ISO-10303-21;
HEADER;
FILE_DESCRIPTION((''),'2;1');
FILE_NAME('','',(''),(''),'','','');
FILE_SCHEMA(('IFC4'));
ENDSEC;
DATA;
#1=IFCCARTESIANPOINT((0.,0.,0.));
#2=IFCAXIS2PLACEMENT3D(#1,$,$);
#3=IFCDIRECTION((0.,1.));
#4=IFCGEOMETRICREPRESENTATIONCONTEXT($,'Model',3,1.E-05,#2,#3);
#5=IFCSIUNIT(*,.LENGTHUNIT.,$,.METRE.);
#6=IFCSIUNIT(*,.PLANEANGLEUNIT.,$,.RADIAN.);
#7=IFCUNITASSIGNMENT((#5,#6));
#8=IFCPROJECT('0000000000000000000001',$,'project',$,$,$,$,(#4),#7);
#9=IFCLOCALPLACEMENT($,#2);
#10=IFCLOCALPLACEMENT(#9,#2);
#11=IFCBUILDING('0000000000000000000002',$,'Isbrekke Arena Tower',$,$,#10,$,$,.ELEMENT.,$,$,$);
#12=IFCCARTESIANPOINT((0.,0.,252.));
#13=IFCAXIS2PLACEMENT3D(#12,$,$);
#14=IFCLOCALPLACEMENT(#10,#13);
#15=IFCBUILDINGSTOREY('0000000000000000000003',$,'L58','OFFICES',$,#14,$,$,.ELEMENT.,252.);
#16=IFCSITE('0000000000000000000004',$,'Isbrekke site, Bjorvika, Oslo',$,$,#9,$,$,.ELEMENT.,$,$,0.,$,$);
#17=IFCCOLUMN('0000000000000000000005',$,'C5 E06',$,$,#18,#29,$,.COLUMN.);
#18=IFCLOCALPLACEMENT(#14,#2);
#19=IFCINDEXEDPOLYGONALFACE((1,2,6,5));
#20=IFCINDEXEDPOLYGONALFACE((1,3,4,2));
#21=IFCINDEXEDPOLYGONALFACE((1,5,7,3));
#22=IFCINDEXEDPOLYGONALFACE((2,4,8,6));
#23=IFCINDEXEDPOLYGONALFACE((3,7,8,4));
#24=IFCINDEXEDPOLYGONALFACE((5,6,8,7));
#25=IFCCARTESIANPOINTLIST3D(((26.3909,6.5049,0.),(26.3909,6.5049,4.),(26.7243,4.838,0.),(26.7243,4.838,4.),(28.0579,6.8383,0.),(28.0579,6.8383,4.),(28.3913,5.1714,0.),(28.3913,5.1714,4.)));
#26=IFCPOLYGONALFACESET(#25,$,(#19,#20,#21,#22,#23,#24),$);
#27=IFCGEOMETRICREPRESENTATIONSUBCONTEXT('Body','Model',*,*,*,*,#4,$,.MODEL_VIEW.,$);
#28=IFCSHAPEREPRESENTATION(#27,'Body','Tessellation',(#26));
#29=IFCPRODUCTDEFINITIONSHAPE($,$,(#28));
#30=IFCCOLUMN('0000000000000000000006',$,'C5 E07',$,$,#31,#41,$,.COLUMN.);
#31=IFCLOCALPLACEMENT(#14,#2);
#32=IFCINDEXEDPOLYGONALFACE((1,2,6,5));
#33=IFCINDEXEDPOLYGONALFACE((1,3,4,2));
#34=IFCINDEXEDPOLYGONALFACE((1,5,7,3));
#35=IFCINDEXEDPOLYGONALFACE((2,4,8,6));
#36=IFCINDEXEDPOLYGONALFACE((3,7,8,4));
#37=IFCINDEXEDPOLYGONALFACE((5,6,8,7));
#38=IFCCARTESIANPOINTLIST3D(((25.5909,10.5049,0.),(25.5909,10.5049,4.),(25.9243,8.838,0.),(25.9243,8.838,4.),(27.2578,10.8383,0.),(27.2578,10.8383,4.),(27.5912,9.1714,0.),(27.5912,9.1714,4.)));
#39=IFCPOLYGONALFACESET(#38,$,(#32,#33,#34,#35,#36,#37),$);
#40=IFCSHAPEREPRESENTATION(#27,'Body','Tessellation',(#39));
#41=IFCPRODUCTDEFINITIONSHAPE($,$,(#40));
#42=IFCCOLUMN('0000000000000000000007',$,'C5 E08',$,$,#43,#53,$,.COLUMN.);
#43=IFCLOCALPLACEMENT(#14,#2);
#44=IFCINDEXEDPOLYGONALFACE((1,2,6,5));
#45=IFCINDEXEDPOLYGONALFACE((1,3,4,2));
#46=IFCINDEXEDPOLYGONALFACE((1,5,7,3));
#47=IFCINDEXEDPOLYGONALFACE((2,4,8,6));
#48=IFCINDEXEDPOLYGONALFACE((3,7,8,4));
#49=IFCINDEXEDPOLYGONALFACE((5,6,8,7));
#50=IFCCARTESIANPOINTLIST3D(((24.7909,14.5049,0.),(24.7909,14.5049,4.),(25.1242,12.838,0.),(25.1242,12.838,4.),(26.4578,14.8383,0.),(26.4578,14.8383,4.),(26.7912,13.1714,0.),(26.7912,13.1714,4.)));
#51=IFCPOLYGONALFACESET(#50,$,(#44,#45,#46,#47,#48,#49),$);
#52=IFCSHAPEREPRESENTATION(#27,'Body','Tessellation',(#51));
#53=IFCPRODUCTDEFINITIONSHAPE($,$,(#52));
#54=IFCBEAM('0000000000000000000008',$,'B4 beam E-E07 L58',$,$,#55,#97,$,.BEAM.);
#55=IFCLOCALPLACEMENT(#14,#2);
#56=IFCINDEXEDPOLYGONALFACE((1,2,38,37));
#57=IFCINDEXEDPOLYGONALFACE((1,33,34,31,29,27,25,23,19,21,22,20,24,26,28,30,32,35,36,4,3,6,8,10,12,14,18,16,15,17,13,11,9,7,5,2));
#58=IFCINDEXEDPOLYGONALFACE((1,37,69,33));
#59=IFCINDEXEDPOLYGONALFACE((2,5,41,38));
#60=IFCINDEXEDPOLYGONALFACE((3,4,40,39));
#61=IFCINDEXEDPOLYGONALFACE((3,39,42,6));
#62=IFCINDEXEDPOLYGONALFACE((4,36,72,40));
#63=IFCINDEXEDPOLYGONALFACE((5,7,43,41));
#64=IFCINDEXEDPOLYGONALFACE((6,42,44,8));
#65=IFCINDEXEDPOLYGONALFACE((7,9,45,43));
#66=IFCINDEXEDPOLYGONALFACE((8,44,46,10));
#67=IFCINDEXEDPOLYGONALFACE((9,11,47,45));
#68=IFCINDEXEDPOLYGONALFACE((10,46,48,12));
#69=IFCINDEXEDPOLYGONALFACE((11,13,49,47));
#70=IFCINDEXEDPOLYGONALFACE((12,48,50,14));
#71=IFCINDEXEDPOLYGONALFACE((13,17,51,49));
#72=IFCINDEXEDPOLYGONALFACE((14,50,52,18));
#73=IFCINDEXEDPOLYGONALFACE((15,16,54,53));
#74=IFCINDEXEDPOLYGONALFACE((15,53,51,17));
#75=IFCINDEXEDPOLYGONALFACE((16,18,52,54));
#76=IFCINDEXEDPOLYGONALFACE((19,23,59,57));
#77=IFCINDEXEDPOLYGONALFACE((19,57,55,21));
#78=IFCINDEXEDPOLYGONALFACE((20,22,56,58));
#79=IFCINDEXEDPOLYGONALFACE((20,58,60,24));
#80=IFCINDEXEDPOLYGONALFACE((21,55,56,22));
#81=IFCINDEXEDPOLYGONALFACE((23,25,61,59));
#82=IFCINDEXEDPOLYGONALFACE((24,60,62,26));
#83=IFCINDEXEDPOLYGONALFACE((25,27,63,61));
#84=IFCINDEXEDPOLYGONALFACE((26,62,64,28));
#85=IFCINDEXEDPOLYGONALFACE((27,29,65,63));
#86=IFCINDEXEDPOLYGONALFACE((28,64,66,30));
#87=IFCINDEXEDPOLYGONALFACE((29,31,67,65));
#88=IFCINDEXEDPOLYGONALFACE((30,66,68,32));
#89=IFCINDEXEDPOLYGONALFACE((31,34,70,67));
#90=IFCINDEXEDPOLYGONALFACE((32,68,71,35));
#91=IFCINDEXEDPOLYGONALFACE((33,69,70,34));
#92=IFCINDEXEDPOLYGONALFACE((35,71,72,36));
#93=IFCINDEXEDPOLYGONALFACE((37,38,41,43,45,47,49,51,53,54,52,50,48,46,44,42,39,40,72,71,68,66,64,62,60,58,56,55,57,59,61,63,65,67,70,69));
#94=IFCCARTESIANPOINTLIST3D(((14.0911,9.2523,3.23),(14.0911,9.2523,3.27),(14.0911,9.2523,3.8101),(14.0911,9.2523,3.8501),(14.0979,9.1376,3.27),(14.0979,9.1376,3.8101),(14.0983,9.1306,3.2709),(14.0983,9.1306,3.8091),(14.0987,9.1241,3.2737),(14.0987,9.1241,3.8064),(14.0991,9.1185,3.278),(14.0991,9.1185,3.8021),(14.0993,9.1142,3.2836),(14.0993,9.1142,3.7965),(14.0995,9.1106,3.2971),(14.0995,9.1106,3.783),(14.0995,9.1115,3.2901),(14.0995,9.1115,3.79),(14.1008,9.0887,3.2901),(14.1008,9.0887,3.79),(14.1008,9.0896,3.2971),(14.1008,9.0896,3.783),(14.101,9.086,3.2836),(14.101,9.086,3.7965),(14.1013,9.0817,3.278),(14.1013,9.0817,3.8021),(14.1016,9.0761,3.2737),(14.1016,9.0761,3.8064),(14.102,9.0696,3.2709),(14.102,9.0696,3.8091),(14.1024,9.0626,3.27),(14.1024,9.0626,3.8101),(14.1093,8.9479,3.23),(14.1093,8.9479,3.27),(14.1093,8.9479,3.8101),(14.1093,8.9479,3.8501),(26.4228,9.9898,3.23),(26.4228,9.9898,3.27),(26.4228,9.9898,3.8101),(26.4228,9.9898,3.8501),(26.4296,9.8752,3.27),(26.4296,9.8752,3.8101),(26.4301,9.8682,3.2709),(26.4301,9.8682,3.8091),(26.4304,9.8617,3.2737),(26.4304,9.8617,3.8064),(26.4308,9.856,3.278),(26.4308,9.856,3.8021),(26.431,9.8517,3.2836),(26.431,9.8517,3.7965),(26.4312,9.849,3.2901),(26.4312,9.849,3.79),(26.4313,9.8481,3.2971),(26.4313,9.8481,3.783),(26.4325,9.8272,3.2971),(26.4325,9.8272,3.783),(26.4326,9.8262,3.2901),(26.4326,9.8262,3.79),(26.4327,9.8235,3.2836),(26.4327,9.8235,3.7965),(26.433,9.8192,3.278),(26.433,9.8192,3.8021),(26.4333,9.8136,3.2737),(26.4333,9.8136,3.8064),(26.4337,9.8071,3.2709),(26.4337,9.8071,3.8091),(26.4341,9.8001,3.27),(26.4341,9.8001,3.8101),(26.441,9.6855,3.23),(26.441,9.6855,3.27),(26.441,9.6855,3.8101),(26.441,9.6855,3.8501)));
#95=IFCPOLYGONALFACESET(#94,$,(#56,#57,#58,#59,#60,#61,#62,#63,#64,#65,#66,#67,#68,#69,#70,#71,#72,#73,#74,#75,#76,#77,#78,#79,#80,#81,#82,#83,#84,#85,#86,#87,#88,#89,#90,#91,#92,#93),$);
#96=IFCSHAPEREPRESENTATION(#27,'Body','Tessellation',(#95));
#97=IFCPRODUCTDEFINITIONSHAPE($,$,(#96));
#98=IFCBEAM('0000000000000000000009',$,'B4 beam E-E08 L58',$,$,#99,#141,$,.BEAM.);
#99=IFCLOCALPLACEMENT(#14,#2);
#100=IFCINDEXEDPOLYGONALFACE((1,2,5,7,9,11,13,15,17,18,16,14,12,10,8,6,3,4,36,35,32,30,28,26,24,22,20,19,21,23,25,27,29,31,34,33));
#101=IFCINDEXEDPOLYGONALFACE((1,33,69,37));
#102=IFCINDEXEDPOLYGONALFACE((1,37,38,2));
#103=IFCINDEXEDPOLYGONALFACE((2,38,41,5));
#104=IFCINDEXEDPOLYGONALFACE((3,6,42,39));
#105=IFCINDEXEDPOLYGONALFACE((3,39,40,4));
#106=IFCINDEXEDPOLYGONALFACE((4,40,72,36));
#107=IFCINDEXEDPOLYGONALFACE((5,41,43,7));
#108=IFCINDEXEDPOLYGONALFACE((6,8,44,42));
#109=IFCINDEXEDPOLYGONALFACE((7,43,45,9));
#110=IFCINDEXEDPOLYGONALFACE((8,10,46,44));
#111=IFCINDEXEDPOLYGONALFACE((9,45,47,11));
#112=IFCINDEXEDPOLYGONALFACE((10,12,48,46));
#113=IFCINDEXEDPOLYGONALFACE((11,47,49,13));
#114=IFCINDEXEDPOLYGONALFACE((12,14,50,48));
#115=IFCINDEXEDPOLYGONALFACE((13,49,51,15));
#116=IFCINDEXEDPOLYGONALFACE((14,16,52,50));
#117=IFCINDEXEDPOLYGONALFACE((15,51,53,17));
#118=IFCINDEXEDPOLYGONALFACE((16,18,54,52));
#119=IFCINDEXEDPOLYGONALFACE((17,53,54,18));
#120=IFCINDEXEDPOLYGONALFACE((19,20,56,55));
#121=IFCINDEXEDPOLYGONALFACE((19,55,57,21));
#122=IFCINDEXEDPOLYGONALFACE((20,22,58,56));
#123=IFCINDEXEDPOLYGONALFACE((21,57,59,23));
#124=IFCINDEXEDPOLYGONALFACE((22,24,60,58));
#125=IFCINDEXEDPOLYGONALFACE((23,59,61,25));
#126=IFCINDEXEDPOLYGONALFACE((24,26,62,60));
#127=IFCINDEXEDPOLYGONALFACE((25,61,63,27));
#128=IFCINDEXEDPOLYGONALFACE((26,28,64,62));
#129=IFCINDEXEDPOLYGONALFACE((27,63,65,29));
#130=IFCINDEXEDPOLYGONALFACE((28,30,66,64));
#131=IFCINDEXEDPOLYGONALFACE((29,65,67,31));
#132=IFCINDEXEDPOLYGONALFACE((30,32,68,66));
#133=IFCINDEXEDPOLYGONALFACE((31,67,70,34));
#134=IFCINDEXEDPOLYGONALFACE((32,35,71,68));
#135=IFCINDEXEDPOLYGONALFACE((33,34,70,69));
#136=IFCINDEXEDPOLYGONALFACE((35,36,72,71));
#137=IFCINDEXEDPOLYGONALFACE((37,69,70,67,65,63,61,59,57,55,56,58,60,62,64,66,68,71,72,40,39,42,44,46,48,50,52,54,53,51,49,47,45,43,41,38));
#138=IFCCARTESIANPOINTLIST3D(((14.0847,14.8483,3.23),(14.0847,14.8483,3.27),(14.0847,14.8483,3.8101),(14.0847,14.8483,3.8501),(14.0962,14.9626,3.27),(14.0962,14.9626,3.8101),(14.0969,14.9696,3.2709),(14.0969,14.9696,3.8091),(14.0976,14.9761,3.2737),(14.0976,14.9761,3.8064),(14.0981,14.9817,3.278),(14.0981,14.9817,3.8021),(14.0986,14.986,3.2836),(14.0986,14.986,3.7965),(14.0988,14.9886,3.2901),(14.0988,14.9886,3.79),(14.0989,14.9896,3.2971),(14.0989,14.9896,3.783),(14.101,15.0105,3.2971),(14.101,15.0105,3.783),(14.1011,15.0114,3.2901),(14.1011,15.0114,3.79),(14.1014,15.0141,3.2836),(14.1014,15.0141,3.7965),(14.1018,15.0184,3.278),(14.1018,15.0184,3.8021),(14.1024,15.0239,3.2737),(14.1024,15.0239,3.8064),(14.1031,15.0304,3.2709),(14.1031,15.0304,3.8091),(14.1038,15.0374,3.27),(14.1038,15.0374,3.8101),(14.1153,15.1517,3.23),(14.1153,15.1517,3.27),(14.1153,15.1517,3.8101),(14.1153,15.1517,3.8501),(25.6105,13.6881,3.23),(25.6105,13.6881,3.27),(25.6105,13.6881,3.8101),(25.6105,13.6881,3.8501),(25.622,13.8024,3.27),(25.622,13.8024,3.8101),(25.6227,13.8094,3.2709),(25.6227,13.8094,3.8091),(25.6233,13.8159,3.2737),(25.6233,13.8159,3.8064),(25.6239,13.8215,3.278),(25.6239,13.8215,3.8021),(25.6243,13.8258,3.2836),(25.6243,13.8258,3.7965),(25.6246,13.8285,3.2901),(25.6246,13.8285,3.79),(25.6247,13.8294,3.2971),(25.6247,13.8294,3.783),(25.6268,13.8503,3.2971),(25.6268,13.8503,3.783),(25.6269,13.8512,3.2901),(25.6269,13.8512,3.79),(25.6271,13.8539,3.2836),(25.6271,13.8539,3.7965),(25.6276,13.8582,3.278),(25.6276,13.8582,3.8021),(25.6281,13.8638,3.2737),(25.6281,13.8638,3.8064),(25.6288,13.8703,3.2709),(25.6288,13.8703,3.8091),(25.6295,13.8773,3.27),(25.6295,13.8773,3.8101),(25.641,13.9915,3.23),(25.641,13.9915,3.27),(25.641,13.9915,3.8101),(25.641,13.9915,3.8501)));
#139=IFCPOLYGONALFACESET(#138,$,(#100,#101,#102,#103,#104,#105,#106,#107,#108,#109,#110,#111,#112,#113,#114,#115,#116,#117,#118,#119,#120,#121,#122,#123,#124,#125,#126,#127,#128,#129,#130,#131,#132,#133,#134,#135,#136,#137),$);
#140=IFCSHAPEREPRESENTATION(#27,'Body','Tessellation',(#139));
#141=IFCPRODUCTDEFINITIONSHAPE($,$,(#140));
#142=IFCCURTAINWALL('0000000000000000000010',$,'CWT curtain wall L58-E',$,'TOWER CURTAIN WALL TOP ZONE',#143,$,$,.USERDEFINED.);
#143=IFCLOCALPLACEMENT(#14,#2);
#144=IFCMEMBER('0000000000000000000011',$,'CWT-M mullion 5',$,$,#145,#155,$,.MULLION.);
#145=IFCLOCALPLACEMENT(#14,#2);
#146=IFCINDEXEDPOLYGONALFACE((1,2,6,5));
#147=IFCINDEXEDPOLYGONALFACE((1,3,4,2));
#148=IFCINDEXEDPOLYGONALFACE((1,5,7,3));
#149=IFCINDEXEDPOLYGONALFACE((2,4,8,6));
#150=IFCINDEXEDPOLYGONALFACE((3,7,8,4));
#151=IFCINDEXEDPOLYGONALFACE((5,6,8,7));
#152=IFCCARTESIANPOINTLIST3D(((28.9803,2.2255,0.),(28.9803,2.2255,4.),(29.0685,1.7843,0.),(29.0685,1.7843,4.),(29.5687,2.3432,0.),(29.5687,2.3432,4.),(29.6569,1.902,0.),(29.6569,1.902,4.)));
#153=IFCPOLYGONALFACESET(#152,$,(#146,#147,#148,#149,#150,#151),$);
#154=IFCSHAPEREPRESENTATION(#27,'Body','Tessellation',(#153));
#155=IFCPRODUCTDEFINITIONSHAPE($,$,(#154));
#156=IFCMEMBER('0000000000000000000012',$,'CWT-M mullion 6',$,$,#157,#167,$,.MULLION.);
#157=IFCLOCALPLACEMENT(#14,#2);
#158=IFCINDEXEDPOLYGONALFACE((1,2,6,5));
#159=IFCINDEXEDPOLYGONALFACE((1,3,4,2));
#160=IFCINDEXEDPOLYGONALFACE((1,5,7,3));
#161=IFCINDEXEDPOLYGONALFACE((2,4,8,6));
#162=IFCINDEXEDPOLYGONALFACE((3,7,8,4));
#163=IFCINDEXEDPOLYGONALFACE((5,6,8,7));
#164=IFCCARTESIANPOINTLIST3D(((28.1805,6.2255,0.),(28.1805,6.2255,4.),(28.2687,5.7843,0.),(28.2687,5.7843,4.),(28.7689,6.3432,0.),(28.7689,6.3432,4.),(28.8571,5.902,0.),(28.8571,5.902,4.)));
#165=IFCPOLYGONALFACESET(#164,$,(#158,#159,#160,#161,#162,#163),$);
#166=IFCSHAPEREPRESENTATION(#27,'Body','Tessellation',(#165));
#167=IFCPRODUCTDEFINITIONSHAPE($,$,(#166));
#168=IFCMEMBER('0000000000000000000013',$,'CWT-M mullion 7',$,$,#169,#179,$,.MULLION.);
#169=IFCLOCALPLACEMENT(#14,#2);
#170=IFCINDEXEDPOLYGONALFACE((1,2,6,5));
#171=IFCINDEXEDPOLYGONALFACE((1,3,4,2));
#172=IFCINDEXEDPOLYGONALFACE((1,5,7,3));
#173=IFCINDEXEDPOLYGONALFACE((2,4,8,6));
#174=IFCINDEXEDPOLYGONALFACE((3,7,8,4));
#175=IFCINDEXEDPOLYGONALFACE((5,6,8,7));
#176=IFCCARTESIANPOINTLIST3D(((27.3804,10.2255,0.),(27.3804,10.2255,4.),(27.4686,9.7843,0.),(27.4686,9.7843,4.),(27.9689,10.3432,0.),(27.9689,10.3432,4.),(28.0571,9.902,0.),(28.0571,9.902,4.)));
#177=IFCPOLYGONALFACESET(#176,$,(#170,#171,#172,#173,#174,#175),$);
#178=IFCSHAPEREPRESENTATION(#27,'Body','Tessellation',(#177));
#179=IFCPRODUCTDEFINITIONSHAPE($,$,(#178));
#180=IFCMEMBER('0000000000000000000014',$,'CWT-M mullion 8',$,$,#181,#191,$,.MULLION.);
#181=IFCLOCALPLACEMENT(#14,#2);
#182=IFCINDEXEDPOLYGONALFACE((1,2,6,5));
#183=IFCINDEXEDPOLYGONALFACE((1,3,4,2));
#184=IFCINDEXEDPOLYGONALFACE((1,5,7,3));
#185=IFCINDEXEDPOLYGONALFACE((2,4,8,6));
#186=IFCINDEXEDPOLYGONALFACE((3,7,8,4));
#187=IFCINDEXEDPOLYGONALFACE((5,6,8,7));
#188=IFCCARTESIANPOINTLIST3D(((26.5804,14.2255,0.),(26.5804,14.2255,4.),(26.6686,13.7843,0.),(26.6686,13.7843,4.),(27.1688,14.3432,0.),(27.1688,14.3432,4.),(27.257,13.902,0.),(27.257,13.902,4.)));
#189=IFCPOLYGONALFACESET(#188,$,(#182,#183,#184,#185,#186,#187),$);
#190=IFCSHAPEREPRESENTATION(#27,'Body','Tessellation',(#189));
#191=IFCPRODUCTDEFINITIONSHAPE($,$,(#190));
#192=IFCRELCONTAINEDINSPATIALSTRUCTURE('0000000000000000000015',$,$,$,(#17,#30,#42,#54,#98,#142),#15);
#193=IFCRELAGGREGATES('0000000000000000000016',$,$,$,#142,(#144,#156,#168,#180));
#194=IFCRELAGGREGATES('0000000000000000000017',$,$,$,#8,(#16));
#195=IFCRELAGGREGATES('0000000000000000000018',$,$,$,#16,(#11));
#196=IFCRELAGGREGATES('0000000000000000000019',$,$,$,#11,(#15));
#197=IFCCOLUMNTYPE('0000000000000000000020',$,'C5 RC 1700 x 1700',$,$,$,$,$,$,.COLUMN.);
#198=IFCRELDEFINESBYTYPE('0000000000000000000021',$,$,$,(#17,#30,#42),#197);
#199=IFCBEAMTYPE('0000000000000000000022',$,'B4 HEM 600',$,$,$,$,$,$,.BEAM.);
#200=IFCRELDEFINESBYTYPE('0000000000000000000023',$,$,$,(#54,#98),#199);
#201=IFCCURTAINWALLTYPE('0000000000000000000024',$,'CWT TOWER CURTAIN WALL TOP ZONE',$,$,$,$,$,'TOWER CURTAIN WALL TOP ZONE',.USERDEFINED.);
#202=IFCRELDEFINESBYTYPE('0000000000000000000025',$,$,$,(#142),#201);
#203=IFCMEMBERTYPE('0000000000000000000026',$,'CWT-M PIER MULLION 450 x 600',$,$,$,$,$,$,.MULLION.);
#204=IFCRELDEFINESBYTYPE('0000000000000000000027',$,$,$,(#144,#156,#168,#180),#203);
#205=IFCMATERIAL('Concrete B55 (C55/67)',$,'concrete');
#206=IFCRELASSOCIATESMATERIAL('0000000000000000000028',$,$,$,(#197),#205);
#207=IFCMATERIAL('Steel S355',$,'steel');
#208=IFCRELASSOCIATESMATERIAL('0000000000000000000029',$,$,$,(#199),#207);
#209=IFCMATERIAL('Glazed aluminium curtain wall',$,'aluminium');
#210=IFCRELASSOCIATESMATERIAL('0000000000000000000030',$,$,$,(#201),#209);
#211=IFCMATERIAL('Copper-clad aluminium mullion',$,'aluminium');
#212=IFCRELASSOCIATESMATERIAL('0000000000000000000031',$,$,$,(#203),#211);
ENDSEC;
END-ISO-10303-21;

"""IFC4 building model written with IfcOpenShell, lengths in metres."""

from ifc_helpers import new_model, si_unit, direction, frame, origin, origin_2d, place, context, subcontext, project, spatial, rectangle, i_section, extrude, material, material_profile, profile_set, type_object, element, aggregate, save


model = new_model("IFC4")

# Units and contexts
model_context = context("Model", 3, precision=1e-05, world=origin(), true_north=direction((0.0, 1.0)))
body_context = subcontext(model_context, "Body", "Model", "MODEL_VIEW")
ifc_project = project(units=[si_unit("LENGTHUNIT", "METRE"), si_unit("PLANEANGLEUNIT", "RADIAN")], contexts=[model_context])

# Site, building, storey
site_placement = place(None, origin())
site = spatial("IfcSite", under=ifc_project, at=site_placement, Name="Isbrekke site, Bjorvika, Oslo", CompositionType="ELEMENT", RefElevation=0.0)
building_placement = place(site_placement, origin())
building = spatial("IfcBuilding", under=site, at=building_placement, Name="Isbrekke Arena Tower", CompositionType="ELEMENT")
storey_placement = place(building_placement, frame((0.0, 0.0, 252.0)))
storey = spatial("IfcBuildingStorey", under=building, at=storey_placement, Name="L58", Description="OFFICES", CompositionType="ELEMENT", Elevation=252.0)

# Columns
ifc_material_1 = material(Name="Concrete B55 (C55/67)", Category="concrete")
ifc_material_profile_1 = material_profile(ifc_material_1, rectangle(XDim=1.7, YDim=1.7, at=origin_2d()), Name="RC 1700x1700")
ifc_profile_set_1 = profile_set([ifc_material_profile_1], Name="Concrete B55 (C55/67)")
column_type = type_object("IfcColumnType", Name="C5 RC 1700 x 1700", PredefinedType="COLUMN", material=ifc_profile_set_1)
for number, where, z_axis, x_axis, name in (
    (1, (27.3911, 5.8381, 0.0), (0.0, 0.0, 1.0), (-0.196116, 0.980581, 0.0), "C5 E06"),
    (2, (26.5911, 9.8381, 0.0), (0.0, 0.0, 1.0), (-0.196116, 0.980581, 0.0), "C5 E07"),
    (3, (25.791, 13.8381, 0.0), (0.0, 0.0, 1.0), (-0.196116, 0.980581, 0.0), "C5 E08"),
):
    element("IfcColumn", number, at=place(storey_placement, frame(where, z_axis=z_axis, x_axis=x_axis)), inside=storey, type_object=column_type, Name=name, PredefinedType="COLUMN", context=body_context, shape_type="SweptSolid", body=[
        extrude(rectangle(XDim=1.7, YDim=1.7, at=origin_2d()), origin(), (0.0, 0.0, 1.0), 4.0),
    ])

# Beams
ifc_material_2 = material(Name="Steel S355", Category="steel")
ifc_material_profile_2 = material_profile(ifc_material_2, i_section(OverallWidth=0.3049, OverallDepth=0.6201, WebThickness=0.021, FlangeThickness=0.04, FilletRadius=0.0271, at=origin_2d()), Name="HEM 600")
ifc_profile_set_2 = profile_set([ifc_material_profile_2], Name="Steel S355")
beam_type_1 = type_object("IfcBeamType", Name="B4 HEM 600", PredefinedType="BEAM", material=ifc_profile_set_2)
beam_1_placement = place(storey_placement, frame((26.4319, 9.8376, 3.54), z_axis=(-0.998216, -0.059702, 0.0), x_axis=(0.059702, -0.998216, 0.0)))
element("IfcBeam", 4, at=beam_1_placement, inside=storey, type_object=beam_type_1, Name="B4 beam E-E07 L58", PredefinedType="BEAM", context=body_context, shape_type="SweptSolid", body=[
    extrude(i_section(OverallWidth=0.3049, OverallDepth=0.6201, WebThickness=0.021, FlangeThickness=0.04, FilletRadius=0.0271, at=origin_2d()), origin(), (0.0, 0.0, 1.0), 12.3538),
])
beam_2_placement = place(storey_placement, frame((25.6257, 13.8398, 3.54), z_axis=(-0.994972, 0.100153, 0.0), x_axis=(-0.100153, -0.994972, 0.0)))
element("IfcBeam", 5, at=beam_2_placement, inside=storey, type_object=beam_type_1, Name="B4 beam E-E08 L58", PredefinedType="BEAM", context=body_context, shape_type="SweptSolid", body=[
    extrude(i_section(OverallWidth=0.3049, OverallDepth=0.6201, WebThickness=0.021, FlangeThickness=0.04, FilletRadius=0.0271, at=origin_2d()), origin(), (0.0, 0.0, 1.0), 11.584),
])

# Curtain wall, members
ifc_material_3 = material(Name="Glazed aluminium curtain wall", Category="aluminium")
curtain_wall_type = type_object("IfcCurtainWallType", Name="CWT TOWER CURTAIN WALL TOP ZONE", ElementType="TOWER CURTAIN WALL TOP ZONE", PredefinedType="USERDEFINED", material=ifc_material_3)
curtain_wall_placement = place(storey_placement, origin())
curtain_wall = element("IfcCurtainWall", 6, at=curtain_wall_placement, inside=storey, type_object=curtain_wall_type, Name="CWT curtain wall L58-E", ObjectType="TOWER CURTAIN WALL TOP ZONE", PredefinedType="USERDEFINED")
ifc_material_4 = material(Name="Copper-clad aluminium mullion", Category="aluminium")
ifc_material_profile_3 = material_profile(ifc_material_4, rectangle(XDim=0.45, YDim=0.6001, at=origin_2d()), Name="PIER 450X600")
ifc_profile_set_3 = profile_set([ifc_material_profile_3], Name="Copper-clad aluminium mullion")
member_type_1 = type_object("IfcMemberType", Name="CWT-M PIER MULLION 450 x 600", PredefinedType="MULLION", material=ifc_profile_set_3)
member_1_placement = place(storey_placement, frame((29.3186, 2.0637, 0.0), z_axis=(0.0, 0.0, 1.0), x_axis=(-0.196116, 0.980581, 0.0)))
member_1 = element("IfcMember", 7, at=member_1_placement, type_object=member_type_1, Name="CWT-M mullion 5", PredefinedType="MULLION", context=body_context, shape_type="SweptSolid", body=[
    extrude(rectangle(XDim=0.45, YDim=0.6001, at=origin_2d()), origin(), (0.0, 0.0, 1.0), 4.0),
])
member_2_placement = place(storey_placement, frame((28.5188, 6.0637, 0.0), z_axis=(0.0, 0.0, 1.0), x_axis=(-0.196116, 0.980581, 0.0)))
member_2 = element("IfcMember", 8, at=member_2_placement, type_object=member_type_1, Name="CWT-M mullion 6", PredefinedType="MULLION", context=body_context, shape_type="SweptSolid", body=[
    extrude(rectangle(XDim=0.45, YDim=0.6001, at=origin_2d()), origin(), (0.0, 0.0, 1.0), 4.0),
])
member_3_placement = place(storey_placement, frame((27.7188, 10.0637, 0.0), z_axis=(0.0, 0.0, 1.0), x_axis=(-0.196116, 0.980581, 0.0)))
member_3 = element("IfcMember", 9, at=member_3_placement, type_object=member_type_1, Name="CWT-M mullion 7", PredefinedType="MULLION", context=body_context, shape_type="SweptSolid", body=[
    extrude(rectangle(XDim=0.45, YDim=0.6001, at=origin_2d()), origin(), (0.0, 0.0, 1.0), 4.0),
])
member_4_placement = place(storey_placement, frame((26.9187, 14.0637, 0.0), z_axis=(0.0, 0.0, 1.0), x_axis=(-0.196116, 0.980581, 0.0)))
member_4 = element("IfcMember", 10, at=member_4_placement, type_object=member_type_1, Name="CWT-M mullion 8", PredefinedType="MULLION", context=body_context, shape_type="SweptSolid", body=[
    extrude(rectangle(XDim=0.45, YDim=0.6001, at=origin_2d()), origin(), (0.0, 0.0, 1.0), 4.0),
])

aggregate(curtain_wall, [member_1, member_2, member_3, member_4])

save(model, "model.ifc")
